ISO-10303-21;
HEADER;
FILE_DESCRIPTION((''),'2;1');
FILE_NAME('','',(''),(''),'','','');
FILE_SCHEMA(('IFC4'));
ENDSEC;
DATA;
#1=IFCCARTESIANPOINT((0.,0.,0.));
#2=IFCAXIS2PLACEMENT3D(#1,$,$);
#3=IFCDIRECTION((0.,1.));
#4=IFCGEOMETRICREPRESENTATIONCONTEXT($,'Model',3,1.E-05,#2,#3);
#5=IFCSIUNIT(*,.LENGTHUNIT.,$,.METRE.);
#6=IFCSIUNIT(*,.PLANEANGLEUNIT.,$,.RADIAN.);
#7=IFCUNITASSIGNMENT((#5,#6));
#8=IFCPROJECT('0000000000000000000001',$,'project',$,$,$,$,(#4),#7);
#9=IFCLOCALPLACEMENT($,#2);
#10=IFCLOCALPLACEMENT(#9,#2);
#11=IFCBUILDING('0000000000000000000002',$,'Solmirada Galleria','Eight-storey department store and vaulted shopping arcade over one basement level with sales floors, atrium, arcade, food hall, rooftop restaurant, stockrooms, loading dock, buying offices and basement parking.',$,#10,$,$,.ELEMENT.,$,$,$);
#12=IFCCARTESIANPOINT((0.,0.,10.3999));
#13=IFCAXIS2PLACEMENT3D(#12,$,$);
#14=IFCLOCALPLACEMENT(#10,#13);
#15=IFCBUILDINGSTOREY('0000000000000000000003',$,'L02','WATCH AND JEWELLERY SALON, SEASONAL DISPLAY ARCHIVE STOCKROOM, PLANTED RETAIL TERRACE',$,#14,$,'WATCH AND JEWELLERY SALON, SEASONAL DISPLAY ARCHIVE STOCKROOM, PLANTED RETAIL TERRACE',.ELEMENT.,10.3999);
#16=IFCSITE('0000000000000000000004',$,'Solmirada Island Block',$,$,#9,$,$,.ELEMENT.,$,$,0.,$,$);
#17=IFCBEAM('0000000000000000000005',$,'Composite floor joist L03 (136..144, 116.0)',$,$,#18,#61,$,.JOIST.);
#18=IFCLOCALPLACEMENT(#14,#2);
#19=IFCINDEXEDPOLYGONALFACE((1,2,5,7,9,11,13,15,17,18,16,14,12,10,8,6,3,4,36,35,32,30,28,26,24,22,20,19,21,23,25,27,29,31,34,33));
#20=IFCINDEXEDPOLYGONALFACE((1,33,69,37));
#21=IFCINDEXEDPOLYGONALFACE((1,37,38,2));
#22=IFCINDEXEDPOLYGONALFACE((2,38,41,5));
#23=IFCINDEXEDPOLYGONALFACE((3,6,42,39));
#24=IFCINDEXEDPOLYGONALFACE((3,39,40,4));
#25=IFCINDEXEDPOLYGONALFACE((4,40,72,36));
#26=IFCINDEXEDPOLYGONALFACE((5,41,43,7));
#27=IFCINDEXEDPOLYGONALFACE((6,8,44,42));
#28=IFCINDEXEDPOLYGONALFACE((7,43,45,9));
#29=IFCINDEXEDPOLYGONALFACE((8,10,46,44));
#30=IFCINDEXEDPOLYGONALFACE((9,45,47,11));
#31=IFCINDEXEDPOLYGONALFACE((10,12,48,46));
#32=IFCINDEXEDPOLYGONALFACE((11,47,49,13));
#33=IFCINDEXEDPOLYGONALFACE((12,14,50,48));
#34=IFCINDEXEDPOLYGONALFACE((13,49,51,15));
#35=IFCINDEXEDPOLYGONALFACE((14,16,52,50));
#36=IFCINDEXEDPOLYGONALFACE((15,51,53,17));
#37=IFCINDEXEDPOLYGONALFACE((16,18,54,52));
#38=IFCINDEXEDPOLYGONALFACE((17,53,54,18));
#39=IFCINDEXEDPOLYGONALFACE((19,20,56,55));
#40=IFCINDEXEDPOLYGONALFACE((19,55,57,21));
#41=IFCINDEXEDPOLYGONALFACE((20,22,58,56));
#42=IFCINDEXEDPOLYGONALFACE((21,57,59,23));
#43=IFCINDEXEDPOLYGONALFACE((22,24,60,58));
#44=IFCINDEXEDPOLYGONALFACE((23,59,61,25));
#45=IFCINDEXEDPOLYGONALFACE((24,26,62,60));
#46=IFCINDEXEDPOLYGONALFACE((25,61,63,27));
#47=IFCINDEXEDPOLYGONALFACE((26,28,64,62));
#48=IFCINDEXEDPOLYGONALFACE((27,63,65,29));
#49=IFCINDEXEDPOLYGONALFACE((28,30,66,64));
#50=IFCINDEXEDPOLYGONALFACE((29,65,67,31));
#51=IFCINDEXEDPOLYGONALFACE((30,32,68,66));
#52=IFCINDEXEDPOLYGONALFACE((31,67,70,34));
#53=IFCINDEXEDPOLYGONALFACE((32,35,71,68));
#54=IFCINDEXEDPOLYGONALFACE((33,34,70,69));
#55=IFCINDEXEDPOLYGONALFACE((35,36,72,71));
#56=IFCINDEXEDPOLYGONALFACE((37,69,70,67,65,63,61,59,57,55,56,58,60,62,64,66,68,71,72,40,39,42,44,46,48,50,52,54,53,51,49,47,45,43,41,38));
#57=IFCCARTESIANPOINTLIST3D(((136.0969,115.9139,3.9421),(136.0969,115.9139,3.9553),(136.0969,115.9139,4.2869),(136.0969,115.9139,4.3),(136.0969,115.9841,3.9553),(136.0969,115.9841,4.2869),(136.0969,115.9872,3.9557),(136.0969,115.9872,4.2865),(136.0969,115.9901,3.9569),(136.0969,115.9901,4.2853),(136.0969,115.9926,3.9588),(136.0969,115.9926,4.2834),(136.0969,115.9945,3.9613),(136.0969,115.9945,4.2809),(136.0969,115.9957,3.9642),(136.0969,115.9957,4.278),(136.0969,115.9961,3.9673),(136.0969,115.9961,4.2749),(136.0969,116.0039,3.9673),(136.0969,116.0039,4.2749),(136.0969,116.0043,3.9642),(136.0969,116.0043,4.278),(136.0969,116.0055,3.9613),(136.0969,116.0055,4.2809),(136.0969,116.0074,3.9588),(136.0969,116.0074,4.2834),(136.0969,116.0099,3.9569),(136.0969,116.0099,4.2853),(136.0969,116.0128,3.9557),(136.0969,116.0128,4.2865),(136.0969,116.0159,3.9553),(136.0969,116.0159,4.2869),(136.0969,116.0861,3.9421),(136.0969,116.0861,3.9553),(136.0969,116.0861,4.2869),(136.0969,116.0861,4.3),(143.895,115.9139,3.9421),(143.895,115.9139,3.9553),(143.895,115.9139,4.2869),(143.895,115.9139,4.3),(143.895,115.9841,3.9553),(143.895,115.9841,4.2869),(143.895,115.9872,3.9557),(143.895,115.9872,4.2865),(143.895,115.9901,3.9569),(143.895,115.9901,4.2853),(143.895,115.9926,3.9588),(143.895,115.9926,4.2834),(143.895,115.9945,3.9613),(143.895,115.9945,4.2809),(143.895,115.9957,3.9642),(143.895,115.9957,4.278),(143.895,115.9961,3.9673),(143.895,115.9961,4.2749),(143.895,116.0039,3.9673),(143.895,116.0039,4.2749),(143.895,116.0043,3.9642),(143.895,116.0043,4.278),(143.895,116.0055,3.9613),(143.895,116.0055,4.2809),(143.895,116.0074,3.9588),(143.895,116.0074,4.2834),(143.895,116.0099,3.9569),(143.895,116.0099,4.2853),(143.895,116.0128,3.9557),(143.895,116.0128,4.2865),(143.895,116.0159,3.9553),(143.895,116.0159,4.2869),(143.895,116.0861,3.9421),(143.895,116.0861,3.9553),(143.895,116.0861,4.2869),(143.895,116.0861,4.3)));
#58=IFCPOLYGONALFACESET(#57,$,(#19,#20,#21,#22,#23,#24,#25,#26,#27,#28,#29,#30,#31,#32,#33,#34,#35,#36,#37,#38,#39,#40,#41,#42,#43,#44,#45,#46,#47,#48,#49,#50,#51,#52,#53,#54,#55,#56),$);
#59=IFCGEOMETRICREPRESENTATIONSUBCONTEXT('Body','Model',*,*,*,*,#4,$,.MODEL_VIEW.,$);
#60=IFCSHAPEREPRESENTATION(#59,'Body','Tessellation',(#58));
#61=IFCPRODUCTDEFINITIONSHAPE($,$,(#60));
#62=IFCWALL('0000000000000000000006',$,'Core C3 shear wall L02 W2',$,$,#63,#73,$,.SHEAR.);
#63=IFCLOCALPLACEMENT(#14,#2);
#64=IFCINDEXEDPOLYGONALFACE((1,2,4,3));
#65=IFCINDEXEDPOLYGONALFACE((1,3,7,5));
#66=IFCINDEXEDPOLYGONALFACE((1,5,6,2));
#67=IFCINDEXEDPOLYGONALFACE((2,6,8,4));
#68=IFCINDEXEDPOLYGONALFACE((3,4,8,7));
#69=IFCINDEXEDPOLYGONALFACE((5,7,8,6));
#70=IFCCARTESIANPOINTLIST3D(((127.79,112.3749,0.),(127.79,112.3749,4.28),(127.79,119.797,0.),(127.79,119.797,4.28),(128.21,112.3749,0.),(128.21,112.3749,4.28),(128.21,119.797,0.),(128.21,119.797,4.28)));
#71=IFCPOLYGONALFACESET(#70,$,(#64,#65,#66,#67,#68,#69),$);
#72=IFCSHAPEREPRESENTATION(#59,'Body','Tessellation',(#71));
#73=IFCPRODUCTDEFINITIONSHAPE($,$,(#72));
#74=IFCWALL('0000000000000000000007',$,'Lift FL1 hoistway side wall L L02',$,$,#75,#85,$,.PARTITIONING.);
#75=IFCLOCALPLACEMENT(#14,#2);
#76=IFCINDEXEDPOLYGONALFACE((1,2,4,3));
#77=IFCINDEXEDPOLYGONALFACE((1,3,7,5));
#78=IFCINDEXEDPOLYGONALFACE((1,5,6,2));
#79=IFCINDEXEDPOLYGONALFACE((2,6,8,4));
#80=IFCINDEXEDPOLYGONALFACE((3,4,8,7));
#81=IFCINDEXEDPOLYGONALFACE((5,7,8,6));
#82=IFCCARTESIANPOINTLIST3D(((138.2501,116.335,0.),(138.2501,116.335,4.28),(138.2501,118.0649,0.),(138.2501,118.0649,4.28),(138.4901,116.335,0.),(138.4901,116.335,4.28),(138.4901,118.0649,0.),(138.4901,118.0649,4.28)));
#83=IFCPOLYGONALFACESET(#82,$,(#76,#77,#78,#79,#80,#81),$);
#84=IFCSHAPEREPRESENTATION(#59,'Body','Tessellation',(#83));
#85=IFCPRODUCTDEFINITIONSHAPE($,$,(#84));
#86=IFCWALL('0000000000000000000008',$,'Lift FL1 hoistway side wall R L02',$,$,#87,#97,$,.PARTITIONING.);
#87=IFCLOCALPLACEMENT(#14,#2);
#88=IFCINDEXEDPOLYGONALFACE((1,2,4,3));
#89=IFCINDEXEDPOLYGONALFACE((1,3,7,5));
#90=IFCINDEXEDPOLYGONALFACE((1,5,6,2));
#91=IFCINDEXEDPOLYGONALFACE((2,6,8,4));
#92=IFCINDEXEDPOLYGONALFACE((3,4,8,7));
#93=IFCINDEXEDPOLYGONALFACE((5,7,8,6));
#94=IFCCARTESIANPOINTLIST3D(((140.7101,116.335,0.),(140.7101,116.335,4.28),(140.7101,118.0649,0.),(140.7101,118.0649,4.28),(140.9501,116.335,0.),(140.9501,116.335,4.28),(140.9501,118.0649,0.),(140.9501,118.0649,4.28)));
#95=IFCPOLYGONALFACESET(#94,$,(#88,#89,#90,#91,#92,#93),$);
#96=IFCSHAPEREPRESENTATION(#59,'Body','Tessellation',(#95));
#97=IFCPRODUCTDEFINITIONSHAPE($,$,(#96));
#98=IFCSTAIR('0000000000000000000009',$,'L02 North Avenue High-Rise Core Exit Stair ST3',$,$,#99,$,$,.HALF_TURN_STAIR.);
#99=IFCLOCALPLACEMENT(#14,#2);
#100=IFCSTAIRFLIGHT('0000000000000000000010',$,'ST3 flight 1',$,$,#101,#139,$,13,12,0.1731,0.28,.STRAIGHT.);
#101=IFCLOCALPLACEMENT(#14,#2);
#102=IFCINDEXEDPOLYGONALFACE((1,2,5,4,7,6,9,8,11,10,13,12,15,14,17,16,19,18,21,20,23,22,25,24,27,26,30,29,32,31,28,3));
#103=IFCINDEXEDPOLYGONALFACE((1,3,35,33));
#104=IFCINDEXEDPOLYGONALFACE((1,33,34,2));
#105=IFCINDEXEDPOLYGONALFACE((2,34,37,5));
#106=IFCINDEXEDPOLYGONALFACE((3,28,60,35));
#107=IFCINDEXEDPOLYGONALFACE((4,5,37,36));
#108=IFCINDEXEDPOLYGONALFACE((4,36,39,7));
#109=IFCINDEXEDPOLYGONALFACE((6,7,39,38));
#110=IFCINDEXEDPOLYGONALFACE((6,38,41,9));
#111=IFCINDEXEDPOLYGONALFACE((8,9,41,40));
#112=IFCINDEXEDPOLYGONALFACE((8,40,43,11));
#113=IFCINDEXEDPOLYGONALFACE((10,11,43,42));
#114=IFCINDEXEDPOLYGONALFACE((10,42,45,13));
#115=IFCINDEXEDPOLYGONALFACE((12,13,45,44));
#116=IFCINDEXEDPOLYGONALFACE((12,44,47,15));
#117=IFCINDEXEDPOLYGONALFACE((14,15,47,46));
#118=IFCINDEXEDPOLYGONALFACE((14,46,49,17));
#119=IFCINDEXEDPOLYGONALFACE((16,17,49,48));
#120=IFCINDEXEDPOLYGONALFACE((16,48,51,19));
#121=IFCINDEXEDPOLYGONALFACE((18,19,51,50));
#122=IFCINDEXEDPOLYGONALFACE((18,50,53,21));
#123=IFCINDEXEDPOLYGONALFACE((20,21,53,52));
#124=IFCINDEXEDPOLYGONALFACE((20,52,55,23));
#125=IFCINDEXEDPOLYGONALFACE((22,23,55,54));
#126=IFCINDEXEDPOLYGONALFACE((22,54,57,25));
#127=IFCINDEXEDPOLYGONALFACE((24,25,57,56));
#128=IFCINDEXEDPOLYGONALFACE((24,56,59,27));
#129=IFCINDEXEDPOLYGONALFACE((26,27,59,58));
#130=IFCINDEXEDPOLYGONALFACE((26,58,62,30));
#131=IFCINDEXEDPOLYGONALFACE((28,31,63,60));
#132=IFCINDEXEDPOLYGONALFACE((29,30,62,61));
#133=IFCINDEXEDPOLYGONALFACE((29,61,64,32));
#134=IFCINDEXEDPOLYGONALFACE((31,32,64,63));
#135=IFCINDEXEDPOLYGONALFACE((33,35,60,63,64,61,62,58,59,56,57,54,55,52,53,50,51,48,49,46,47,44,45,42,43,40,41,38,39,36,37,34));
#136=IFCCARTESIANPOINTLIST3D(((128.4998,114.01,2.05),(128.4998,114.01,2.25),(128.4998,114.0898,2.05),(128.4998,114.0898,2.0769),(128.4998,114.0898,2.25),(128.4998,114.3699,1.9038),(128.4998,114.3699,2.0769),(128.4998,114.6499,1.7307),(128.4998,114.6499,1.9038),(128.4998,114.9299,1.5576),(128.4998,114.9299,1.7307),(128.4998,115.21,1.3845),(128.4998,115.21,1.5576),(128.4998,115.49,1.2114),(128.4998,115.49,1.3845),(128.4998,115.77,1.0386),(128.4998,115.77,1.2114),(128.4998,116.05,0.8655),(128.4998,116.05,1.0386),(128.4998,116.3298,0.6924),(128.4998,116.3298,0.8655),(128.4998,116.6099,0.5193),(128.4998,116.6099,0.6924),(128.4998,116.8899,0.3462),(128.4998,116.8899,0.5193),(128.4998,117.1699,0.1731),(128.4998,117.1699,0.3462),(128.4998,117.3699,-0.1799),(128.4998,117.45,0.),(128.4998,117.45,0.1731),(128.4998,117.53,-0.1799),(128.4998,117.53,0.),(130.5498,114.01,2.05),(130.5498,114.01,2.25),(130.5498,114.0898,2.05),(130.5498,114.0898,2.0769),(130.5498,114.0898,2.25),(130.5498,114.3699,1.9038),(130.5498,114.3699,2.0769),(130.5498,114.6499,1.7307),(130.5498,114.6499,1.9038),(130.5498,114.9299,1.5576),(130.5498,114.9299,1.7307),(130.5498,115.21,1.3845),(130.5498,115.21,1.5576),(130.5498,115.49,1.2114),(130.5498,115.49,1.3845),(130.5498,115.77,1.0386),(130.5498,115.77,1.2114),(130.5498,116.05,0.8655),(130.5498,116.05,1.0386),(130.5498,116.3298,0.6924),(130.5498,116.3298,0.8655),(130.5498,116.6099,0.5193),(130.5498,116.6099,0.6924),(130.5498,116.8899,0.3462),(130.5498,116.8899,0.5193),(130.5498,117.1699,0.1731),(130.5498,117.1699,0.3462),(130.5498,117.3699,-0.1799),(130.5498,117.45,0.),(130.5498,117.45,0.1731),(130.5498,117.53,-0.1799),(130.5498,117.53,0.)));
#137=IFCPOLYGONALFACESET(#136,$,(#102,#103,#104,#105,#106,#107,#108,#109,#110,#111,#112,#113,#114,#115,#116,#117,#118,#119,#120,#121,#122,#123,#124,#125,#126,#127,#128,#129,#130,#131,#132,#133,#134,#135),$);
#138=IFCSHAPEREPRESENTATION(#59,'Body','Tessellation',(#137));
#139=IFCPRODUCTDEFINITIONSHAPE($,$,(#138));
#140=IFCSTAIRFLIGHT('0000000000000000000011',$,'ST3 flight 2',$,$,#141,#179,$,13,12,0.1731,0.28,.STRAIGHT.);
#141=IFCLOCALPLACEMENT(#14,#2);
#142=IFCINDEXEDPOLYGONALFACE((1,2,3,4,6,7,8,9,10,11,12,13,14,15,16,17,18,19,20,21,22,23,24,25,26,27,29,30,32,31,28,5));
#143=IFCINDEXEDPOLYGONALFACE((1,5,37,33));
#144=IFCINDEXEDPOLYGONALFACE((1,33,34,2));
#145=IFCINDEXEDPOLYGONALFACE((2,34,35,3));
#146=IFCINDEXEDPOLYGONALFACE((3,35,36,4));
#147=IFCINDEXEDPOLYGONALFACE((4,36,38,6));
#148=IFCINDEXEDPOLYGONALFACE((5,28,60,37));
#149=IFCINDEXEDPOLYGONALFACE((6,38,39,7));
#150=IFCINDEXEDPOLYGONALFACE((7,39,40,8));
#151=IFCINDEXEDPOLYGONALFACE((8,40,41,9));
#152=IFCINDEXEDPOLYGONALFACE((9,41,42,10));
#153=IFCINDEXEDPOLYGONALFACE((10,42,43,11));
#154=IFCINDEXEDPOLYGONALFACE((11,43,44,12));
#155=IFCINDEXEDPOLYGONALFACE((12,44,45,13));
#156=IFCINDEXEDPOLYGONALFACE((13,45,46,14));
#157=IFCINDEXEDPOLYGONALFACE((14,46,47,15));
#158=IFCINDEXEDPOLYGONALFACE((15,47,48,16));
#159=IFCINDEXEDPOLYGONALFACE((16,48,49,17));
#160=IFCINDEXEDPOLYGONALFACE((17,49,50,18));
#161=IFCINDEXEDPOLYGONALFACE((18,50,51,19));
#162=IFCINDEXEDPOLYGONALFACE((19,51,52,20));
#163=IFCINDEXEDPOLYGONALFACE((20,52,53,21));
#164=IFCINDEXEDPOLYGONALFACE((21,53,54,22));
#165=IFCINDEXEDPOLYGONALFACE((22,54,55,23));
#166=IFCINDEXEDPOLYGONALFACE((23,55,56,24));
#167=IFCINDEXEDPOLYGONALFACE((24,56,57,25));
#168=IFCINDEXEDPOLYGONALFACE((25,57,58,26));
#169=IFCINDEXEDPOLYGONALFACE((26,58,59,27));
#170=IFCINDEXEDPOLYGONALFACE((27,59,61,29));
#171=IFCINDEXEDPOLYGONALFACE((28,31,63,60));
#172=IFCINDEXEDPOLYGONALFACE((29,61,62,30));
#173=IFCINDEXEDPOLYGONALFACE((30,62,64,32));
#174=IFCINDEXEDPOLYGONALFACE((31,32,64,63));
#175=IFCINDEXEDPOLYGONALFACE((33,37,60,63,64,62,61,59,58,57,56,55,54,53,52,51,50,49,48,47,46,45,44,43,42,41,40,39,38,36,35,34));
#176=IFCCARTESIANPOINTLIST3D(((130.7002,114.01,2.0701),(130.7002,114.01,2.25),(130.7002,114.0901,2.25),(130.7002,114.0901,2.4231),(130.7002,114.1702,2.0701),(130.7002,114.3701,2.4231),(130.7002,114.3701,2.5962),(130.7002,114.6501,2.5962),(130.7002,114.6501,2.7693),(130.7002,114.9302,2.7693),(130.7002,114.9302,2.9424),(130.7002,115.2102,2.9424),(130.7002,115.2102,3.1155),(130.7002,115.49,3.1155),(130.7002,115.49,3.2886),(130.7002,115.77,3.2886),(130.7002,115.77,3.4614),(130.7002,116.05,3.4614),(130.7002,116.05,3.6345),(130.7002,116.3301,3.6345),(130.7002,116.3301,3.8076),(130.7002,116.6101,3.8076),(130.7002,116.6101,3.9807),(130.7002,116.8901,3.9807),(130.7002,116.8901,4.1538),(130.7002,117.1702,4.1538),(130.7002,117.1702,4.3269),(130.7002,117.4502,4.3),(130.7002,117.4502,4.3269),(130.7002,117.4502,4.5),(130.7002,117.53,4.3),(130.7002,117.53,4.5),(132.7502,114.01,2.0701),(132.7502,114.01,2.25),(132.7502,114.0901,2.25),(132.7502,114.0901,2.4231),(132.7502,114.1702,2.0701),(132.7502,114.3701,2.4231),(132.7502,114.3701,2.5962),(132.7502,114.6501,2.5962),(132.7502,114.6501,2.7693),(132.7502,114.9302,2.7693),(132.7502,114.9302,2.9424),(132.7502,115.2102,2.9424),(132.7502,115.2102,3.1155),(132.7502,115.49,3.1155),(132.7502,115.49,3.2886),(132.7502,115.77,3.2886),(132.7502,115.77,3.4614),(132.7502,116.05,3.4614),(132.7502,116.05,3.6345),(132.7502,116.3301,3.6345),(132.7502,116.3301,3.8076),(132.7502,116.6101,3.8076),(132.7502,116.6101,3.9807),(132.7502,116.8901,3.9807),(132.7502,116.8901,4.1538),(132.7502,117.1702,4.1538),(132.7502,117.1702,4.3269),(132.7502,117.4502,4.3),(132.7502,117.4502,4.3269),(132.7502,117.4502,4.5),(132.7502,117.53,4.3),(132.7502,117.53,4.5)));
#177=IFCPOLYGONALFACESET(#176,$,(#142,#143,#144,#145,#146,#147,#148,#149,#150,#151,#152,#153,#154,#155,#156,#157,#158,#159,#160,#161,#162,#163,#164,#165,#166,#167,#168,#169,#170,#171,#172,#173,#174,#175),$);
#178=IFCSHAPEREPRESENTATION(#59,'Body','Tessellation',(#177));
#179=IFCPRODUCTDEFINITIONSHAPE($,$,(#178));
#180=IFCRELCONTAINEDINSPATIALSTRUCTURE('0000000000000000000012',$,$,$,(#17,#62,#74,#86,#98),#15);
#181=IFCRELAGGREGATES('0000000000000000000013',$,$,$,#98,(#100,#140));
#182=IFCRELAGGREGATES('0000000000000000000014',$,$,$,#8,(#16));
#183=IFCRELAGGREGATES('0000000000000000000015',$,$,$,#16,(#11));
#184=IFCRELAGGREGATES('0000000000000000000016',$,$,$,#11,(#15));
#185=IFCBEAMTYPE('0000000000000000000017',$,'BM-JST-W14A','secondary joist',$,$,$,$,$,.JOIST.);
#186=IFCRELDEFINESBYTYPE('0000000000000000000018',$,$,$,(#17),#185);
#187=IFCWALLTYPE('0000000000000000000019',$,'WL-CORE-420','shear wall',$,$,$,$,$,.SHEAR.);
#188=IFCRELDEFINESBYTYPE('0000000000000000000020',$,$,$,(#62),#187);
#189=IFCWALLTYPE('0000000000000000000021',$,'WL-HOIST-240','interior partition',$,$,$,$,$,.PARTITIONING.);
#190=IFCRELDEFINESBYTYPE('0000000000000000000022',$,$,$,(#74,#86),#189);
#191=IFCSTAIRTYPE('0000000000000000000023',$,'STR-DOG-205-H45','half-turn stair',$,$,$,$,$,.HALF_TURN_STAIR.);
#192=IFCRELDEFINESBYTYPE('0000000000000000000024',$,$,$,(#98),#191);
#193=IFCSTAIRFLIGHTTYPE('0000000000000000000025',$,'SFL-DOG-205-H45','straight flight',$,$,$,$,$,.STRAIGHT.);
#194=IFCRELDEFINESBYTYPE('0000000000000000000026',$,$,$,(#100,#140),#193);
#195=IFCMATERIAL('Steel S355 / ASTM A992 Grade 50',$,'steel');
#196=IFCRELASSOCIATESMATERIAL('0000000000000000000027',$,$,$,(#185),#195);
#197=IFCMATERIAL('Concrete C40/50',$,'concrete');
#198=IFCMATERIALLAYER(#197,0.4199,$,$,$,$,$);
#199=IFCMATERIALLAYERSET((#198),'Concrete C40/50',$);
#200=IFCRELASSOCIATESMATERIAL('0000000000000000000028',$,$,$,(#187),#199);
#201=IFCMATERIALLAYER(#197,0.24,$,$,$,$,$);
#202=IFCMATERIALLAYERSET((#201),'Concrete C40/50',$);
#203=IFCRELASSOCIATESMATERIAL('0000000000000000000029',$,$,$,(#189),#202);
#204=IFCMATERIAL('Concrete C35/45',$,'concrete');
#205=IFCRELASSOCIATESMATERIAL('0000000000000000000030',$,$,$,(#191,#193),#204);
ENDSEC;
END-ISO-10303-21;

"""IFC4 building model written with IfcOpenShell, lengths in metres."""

from ifc_helpers import new_model, si_unit, direction, frame, frame_2d, origin, origin_2d, place, context, subcontext, project, spatial, polyline, rectangle, i_section, outline, extrude, material, layer, layer_set, material_profile, profile_set, type_object, element, aggregate, save


model = new_model("IFC4")

# Units and contexts
model_context = context("Model", 3, precision=1e-05, world=origin(), true_north=direction((0.0, 1.0)))
body_context = subcontext(model_context, "Body", "Model", "MODEL_VIEW")
ifc_project = project(units=[si_unit("LENGTHUNIT", "METRE"), si_unit("PLANEANGLEUNIT", "RADIAN")], contexts=[model_context])

# Site, building, storey
site_placement = place(None, origin())
site = spatial("IfcSite", under=ifc_project, at=site_placement, Name="Solmirada Island Block", CompositionType="ELEMENT", RefElevation=0.0)
building_placement = place(site_placement, origin())
building = spatial("IfcBuilding", under=site, at=building_placement, Name="Solmirada Galleria", Description="Eight-storey department store and vaulted shopping arcade over one basement level with sales floors, atrium, arcade, food hall, rooftop restaurant, stockrooms, loading dock, buying offices and basement parking.", CompositionType="ELEMENT")
storey_placement = place(building_placement, frame((0.0, 0.0, 10.3999)))
storey = spatial("IfcBuildingStorey", under=building, at=storey_placement, Name="L02", Description="WATCH AND JEWELLERY SALON, SEASONAL DISPLAY ARCHIVE STOCKROOM, PLANTED RETAIL TERRACE", LongName="WATCH AND JEWELLERY SALON, SEASONAL DISPLAY ARCHIVE STOCKROOM, PLANTED RETAIL TERRACE", CompositionType="ELEMENT", Elevation=10.3999)

# Shared definitions
ifc_material_1 = material(Name="Concrete C40/50", Category="concrete")

# Beam
ifc_material_2 = material(Name="Steel S355 / ASTM A992 Grade 50", Category="steel")
ifc_material_profile_1 = material_profile(ifc_material_2, i_section(OverallWidth=0.1721, OverallDepth=0.3579, WebThickness=0.0078, FlangeThickness=0.0132, FilletRadius=0.012, at=origin_2d()), Name="W14X38")
ifc_profile_set_1 = profile_set([ifc_material_profile_1], Name="Steel S355 / ASTM A992 Grade 50")
beam_type_1 = type_object("IfcBeamType", Name="BM-JST-W14A", Description="secondary joist", PredefinedType="JOIST", material=ifc_profile_set_1)
beam_1_placement = place(storey_placement, frame((136.0969, 116.0, 4.1211), z_axis=(1.0, 0.0, 0.0), x_axis=(0.0, 1.0, 0.0)))
element("IfcBeam", 1, at=beam_1_placement, inside=storey, type_object=beam_type_1, Name="Composite floor joist L03 (136..144, 116.0)", PredefinedType="JOIST", context=body_context, shape_type="SweptSolid", body=[
    extrude(i_section(OverallWidth=0.1721, OverallDepth=0.3579, WebThickness=0.0078, FlangeThickness=0.0132, FilletRadius=0.012, at=origin_2d()), origin(), (0.0, 0.0, 1.0), 7.7981),
])

# Wall
ifc_layer_1 = layer(ifc_material_1, 0.4199)
ifc_layer_set_1 = layer_set([ifc_layer_1], Name="Concrete C40/50")
wall_type_1 = type_object("IfcWallType", Name="WL-CORE-420", Description="shear wall", PredefinedType="SHEAR", material=ifc_layer_set_1)
wall_1_placement = place(storey_placement, frame((128.0, 112.375, 0.0), z_axis=(0.0, 0.0, 1.0), x_axis=(0.0, 1.0, 0.0)))
element("IfcWall", 2, at=wall_1_placement, inside=storey, type_object=wall_type_1, Name="Core C3 shear wall L02 W2", PredefinedType="SHEAR", context=body_context, shape_type="SweptSolid", body=[
    extrude(rectangle(XDim=7.4221, YDim=0.4199, at=frame_2d((3.7109, 0.0))), origin(), (0.0, 0.0, 1.0), 4.28),
])

# Shared definitions
ifc_layer_2 = layer(ifc_material_1, 0.24)
ifc_layer_set_2 = layer_set([ifc_layer_2], Name="Concrete C40/50")
wall_type_2 = type_object("IfcWallType", Name="WL-HOIST-240", Description="interior partition", PredefinedType="PARTITIONING", material=ifc_layer_set_2)

# Walls
for number, where, z_axis, x_axis, name in (
    (3, (138.3701, 116.335, 0.0), (0.0, 0.0, 1.0), (0.0, 1.0, 0.0), "Lift FL1 hoistway side wall L L02"),
    (4, (140.8301, 116.335, 0.0), (0.0, 0.0, 1.0), (0.0, 1.0, 0.0), "Lift FL1 hoistway side wall R L02"),
):
    element("IfcWall", number, at=place(storey_placement, frame(where, z_axis=z_axis, x_axis=x_axis)), inside=storey, type_object=wall_type_2, Name=name, PredefinedType="PARTITIONING", context=body_context, shape_type="SweptSolid", body=[
        extrude(rectangle(XDim=1.73, YDim=0.24, at=frame_2d((0.865, 0.0))), origin(), (0.0, 0.0, 1.0), 4.28),
    ])

# Stair, stair flights
ifc_material_3 = material(Name="Concrete C35/45", Category="concrete")
stair_type = type_object("IfcStairType", Name="STR-DOG-205-H45", Description="half-turn stair", PredefinedType="HALF_TURN_STAIR", material=ifc_material_3)
stair_placement = place(storey_placement, origin())
stair = element("IfcStair", 5, at=stair_placement, inside=storey, type_object=stair_type, Name="L02 North Avenue High-Rise Core Exit Stair ST3", PredefinedType="HALF_TURN_STAIR")
stair_flight_type = type_object("IfcStairFlightType", Name="SFL-DOG-205-H45", Description="straight flight", PredefinedType="STRAIGHT", material=ifc_material_3)
stair_flight_1_placement = place(storey_placement, frame((129.5249, 117.45, 0.0), z_axis=(0.0, 0.0, 1.0), x_axis=(0.0, -1.0, 0.0)))
stair_flight_1 = element("IfcStairFlight", 6, at=stair_flight_1_placement, type_object=stair_flight_type, Name="ST3 flight 1", NumberOfRisers=13, NumberOfTreads=12, PredefinedType="STRAIGHT", RiserHeight=0.1731, TreadLength=0.28, context=body_context, shape_type="SweptSolid", body=[
    extrude(outline(polyline([(-0.0801, 0.0), (0.0, 0.0), (0.0, 0.1731), (0.28, 0.1731), (0.28, 0.3462), (0.5601, 0.3462), (0.5601, 0.5193), (0.8401, 0.5193), (0.8401, 0.6924), (1.1201, 0.6924), (1.1201, 0.8655), (1.3999, 0.8655), (1.3999, 1.0386), (1.6799, 1.0386), (1.6799, 1.2114), (1.96, 1.2114), (1.96, 1.3845), (2.24, 1.3845), (2.24, 1.5576), (2.52, 1.5576), (2.52, 1.7307), (2.8, 1.7307), (2.8, 1.9038), (3.0801, 1.9038), (3.0801, 2.0769), (3.3601, 2.0769), (3.3601, 2.25), (3.4399, 2.25), (3.4399, 2.05), (3.3601, 2.05), (0.0801, -0.1799), (-0.0801, -0.1799), (-0.0801, 0.0)])), frame((0.0, 1.0249, 0.0), z_axis=(0.0, -1.0, 0.0), x_axis=(1.0, 0.0, 0.0)), (0.0, 0.0, 1.0), 2.05),
])
stair_flight_2_placement = place(storey_placement, frame((131.7251, 114.0901, 2.25), z_axis=(0.0, 0.0, 1.0), x_axis=(0.0, 1.0, 0.0)))
stair_flight_2 = element("IfcStairFlight", 7, at=stair_flight_2_placement, type_object=stair_flight_type, Name="ST3 flight 2", NumberOfRisers=13, NumberOfTreads=12, PredefinedType="STRAIGHT", RiserHeight=0.1731, TreadLength=0.28, context=body_context, shape_type="SweptSolid", body=[
    extrude(outline(polyline([(-0.0801, 0.0), (0.0, 0.0), (0.0, 0.1731), (0.28, 0.1731), (0.28, 0.3462), (0.5601, 0.3462), (0.5601, 0.5193), (0.8401, 0.5193), (0.8401, 0.6924), (1.1201, 0.6924), (1.1201, 0.8655), (1.3999, 0.8655), (1.3999, 1.0386), (1.6799, 1.0386), (1.6799, 1.2114), (1.96, 1.2114), (1.96, 1.3845), (2.24, 1.3845), (2.24, 1.5576), (2.52, 1.5576), (2.52, 1.7307), (2.8, 1.7307), (2.8, 1.9038), (3.0801, 1.9038), (3.0801, 2.0769), (3.3601, 2.0769), (3.3601, 2.25), (3.4399, 2.25), (3.4399, 2.05), (3.3601, 2.05), (0.0801, -0.1799), (-0.0801, -0.1799), (-0.0801, 0.0)])), frame((0.0, 1.0249, 0.0), z_axis=(0.0, -1.0, 0.0), x_axis=(1.0, 0.0, 0.0)), (0.0, 0.0, 1.0), 2.05),
])
aggregate(stair, [stair_flight_1, stair_flight_2])

save(model, "model.ifc")
